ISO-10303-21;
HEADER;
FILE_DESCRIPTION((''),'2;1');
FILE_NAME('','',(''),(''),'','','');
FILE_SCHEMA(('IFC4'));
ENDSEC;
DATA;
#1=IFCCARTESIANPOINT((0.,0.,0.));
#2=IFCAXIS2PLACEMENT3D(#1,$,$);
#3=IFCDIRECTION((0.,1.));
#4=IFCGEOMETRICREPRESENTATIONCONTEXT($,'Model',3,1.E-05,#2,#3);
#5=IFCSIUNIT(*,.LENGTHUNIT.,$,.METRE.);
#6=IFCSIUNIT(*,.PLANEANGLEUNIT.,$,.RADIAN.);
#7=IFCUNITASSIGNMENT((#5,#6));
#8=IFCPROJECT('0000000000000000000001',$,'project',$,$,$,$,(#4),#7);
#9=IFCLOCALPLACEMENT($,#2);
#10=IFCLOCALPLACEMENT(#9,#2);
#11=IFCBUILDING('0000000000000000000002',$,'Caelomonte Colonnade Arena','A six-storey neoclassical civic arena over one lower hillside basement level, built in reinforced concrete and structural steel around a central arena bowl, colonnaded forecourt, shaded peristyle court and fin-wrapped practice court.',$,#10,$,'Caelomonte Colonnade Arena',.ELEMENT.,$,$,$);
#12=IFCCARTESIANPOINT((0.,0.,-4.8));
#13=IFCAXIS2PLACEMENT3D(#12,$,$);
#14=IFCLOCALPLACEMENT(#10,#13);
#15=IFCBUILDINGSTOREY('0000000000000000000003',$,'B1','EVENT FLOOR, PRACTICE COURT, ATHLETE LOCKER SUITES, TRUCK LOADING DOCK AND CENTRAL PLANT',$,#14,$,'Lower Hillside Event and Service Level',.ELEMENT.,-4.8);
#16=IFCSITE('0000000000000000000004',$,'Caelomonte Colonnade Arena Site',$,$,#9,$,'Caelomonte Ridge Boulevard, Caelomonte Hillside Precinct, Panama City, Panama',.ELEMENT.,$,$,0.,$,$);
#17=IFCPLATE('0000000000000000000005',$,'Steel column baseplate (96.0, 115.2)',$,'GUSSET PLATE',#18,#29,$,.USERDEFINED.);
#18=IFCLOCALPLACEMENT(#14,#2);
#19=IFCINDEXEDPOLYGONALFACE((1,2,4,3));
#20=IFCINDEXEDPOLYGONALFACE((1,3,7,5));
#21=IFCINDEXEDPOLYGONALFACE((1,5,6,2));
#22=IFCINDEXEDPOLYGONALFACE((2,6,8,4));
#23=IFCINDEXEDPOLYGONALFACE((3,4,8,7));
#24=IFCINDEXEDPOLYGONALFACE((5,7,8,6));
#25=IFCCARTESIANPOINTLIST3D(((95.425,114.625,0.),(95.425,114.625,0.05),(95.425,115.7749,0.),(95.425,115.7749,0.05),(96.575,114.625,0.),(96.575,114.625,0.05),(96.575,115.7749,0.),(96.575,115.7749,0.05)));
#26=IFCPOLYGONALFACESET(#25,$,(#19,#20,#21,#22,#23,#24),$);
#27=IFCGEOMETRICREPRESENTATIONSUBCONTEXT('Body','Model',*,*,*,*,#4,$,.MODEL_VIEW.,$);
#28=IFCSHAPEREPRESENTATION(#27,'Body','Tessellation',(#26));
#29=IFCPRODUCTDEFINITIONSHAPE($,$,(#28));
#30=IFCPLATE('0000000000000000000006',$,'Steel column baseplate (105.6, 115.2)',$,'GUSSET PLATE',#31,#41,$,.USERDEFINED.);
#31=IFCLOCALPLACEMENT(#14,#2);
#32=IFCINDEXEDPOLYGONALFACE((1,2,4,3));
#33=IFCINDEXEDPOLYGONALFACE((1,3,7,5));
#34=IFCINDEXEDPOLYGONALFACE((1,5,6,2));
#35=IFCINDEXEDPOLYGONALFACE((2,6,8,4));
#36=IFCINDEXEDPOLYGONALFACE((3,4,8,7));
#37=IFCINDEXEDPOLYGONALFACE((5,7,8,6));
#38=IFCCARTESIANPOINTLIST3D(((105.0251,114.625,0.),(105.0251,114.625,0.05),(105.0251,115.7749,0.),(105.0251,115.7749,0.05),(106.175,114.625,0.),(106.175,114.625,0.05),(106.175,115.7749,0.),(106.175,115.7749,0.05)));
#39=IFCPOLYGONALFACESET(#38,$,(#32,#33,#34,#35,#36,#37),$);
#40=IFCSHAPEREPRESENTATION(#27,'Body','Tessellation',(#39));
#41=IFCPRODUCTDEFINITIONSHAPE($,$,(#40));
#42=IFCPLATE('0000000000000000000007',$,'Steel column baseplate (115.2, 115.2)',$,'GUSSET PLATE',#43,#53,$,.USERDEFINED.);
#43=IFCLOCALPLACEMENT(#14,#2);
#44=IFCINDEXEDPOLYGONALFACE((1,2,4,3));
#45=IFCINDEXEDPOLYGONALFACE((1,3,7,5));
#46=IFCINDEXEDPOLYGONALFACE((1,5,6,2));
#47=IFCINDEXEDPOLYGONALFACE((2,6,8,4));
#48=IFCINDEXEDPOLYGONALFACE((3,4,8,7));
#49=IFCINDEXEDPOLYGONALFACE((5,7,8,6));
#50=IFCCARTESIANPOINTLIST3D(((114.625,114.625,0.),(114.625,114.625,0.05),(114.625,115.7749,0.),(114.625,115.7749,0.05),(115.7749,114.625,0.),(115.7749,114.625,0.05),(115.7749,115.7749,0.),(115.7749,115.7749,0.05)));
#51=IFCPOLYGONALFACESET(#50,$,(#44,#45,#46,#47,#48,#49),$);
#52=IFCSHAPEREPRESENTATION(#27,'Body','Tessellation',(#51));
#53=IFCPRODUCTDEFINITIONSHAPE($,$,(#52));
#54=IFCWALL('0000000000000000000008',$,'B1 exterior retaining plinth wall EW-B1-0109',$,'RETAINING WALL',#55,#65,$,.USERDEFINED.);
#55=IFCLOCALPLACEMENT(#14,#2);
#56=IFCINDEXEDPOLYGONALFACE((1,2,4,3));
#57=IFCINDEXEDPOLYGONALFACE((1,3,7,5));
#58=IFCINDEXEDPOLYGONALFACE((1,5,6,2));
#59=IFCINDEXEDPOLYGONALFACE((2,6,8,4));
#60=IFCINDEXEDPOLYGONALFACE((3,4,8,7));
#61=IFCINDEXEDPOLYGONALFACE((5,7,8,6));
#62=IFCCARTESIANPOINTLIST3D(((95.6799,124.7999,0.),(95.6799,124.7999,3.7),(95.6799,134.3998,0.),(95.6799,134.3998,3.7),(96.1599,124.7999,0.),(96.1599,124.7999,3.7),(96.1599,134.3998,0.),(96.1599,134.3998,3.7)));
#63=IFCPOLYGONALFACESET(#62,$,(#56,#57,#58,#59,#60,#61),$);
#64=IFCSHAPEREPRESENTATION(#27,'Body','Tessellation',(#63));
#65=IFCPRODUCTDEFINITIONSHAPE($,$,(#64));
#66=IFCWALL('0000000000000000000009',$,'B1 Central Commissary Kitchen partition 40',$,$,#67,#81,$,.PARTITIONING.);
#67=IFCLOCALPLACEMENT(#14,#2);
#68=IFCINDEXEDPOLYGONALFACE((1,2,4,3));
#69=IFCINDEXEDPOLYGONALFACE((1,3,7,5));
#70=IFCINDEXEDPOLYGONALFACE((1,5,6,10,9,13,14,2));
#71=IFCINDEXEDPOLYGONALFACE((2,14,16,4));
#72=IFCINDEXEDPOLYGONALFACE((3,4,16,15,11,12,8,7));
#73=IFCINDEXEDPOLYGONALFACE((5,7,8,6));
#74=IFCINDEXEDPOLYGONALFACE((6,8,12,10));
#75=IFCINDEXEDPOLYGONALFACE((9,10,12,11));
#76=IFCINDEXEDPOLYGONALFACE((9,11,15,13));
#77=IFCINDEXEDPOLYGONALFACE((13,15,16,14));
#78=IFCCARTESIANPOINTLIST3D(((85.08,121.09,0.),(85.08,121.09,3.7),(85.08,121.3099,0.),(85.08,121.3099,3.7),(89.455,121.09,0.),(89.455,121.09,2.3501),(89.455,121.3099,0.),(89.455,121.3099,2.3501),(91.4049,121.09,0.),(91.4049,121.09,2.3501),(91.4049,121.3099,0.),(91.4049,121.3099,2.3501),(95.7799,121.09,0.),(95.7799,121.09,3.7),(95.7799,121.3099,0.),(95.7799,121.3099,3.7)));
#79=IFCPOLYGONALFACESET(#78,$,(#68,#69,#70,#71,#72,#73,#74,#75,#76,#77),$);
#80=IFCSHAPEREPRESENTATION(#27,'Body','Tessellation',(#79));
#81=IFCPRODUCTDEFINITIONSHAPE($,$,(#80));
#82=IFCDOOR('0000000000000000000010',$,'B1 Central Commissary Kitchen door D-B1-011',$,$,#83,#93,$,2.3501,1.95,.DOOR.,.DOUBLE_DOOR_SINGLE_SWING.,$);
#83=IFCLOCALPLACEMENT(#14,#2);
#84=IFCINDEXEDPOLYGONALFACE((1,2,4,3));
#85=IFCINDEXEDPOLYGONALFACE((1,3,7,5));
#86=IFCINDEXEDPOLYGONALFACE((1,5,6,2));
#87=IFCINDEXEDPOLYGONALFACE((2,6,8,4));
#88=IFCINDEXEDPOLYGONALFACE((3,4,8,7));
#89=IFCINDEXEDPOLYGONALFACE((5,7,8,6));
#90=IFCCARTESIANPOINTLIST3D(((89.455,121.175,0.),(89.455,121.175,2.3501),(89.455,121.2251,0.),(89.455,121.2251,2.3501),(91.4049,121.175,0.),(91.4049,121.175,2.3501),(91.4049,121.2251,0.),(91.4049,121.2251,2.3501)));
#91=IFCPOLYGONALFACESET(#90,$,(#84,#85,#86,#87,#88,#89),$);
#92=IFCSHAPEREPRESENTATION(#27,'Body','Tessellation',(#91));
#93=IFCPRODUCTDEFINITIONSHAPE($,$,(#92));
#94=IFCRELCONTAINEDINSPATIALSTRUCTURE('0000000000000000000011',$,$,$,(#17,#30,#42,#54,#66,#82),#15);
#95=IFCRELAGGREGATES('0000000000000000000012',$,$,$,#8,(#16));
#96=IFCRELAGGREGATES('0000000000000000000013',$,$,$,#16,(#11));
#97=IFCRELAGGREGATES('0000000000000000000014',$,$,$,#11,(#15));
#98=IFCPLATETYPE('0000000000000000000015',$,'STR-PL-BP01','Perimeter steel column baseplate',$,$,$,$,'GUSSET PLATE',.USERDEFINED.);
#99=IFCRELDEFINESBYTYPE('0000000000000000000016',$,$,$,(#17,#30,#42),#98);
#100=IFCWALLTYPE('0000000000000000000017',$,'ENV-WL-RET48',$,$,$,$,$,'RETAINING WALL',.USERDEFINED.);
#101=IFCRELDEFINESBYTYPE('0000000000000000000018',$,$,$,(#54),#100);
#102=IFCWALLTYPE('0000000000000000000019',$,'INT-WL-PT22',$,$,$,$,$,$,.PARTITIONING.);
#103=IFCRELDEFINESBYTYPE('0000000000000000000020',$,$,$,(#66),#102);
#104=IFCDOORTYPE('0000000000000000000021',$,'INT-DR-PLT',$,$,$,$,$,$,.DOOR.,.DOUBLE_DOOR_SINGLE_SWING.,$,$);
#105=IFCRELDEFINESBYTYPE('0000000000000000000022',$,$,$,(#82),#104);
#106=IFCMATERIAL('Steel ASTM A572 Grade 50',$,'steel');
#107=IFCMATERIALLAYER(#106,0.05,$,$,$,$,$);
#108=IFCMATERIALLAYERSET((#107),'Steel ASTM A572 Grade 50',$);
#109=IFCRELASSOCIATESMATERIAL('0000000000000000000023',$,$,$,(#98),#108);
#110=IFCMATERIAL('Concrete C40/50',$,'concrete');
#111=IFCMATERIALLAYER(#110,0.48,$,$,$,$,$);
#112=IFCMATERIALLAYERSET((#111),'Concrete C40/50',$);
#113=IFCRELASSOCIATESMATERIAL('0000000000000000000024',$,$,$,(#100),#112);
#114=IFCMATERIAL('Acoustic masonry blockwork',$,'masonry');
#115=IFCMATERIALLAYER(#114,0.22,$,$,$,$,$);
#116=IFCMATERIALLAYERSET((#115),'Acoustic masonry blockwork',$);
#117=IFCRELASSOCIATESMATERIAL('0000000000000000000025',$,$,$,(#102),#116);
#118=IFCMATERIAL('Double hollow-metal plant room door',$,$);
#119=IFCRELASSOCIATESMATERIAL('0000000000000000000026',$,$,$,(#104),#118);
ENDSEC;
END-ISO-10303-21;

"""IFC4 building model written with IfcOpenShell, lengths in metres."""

from ifc_helpers import new_model, si_unit, direction, frame, frame_2d, origin, origin_2d, place, context, subcontext, project, spatial, rectangle, extrude, material, layer, layer_set, type_object, element, fill, save


model = new_model("IFC4")

# Units and contexts
model_context = context("Model", 3, precision=1e-05, world=origin(), true_north=direction((0.0, 1.0)))
body_context = subcontext(model_context, "Body", "Model", "MODEL_VIEW")
ifc_project = project(units=[si_unit("LENGTHUNIT", "METRE"), si_unit("PLANEANGLEUNIT", "RADIAN")], contexts=[model_context])

# Site, building, storey
site_placement = place(None, origin())
site = spatial("IfcSite", under=ifc_project, at=site_placement, Name="Caelomonte Colonnade Arena Site", LongName="Caelomonte Ridge Boulevard, Caelomonte Hillside Precinct, Panama City, Panama", CompositionType="ELEMENT", RefElevation=0.0)
building_placement = place(site_placement, origin())
building = spatial("IfcBuilding", under=site, at=building_placement, Name="Caelomonte Colonnade Arena", Description="A six-storey neoclassical civic arena over one lower hillside basement level, built in reinforced concrete and structural steel around a central arena bowl, colonnaded forecourt, shaded peristyle court and fin-wrapped practice court.", LongName="Caelomonte Colonnade Arena", CompositionType="ELEMENT")
storey_placement = place(building_placement, frame((0.0, 0.0, -4.8)))
storey = spatial("IfcBuildingStorey", under=building, at=storey_placement, Name="B1", Description="EVENT FLOOR, PRACTICE COURT, ATHLETE LOCKER SUITES, TRUCK LOADING DOCK AND CENTRAL PLANT", LongName="Lower Hillside Event and Service Level", CompositionType="ELEMENT", Elevation=-4.8)

# Shared definitions
ifc_material_1 = material(Name="Concrete C40/50", Category="concrete")

# Plates
ifc_material_2 = material(Name="Steel ASTM A572 Grade 50", Category="steel")
ifc_layer_1 = layer(ifc_material_2, 0.05)
ifc_layer_set_1 = layer_set([ifc_layer_1], Name="Steel ASTM A572 Grade 50")
plate_type = type_object("IfcPlateType", Name="STR-PL-BP01", Description="Perimeter steel column baseplate", ElementType="GUSSET PLATE", PredefinedType="USERDEFINED", material=ifc_layer_set_1)
for number, where, z_axis, x_axis, name in (
    (1, (96.0, 115.2, 0.0), (0.0, 0.0, 1.0), (1.0, 0.0, 0.0), "Steel column baseplate (96.0, 115.2)"),
    (2, (105.6001, 115.2, 0.0), (0.0, 0.0, 1.0), (1.0, 0.0, 0.0), "Steel column baseplate (105.6, 115.2)"),
    (3, (115.2, 115.2, 0.0), (0.0, 0.0, 1.0), (1.0, 0.0, 0.0), "Steel column baseplate (115.2, 115.2)"),
):
    element("IfcPlate", number, at=place(storey_placement, frame(where, z_axis=z_axis, x_axis=x_axis)), inside=storey, type_object=plate_type, Name=name, ObjectType="GUSSET PLATE", PredefinedType="USERDEFINED", context=body_context, shape_type="SweptSolid", body=[
        extrude(rectangle(XDim=1.1499, YDim=1.1499, at=origin_2d()), origin(), (0.0, 0.0, 1.0), 0.05),
    ])

# Wall
ifc_layer_2 = layer(ifc_material_1, 0.48)
ifc_layer_set_2 = layer_set([ifc_layer_2], Name="Concrete C40/50")
wall_type_1 = type_object("IfcWallType", Name="ENV-WL-RET48", ElementType="RETAINING WALL", PredefinedType="USERDEFINED", material=ifc_layer_set_2)
wall_1_placement = place(storey_placement, frame((95.9199, 124.8, 0.0), z_axis=(0.0, 0.0, 1.0), x_axis=(0.0, 1.0, 0.0)))
element("IfcWall", 4, at=wall_1_placement, inside=storey, type_object=wall_type_1, Name="B1 exterior retaining plinth wall EW-B1-0109", ObjectType="RETAINING WALL", PredefinedType="USERDEFINED", context=body_context, shape_type="SweptSolid", body=[
    extrude(rectangle(XDim=9.5999, YDim=0.48, at=frame_2d((4.7998, 0.0))), origin(), (0.0, 0.0, 1.0), 3.7),
])

# Wall, opening, door
ifc_material_3 = material(Name="Acoustic masonry blockwork", Category="masonry")
ifc_layer_3 = layer(ifc_material_3, 0.22)
ifc_layer_set_3 = layer_set([ifc_layer_3], Name="Acoustic masonry blockwork")
wall_type_2 = type_object("IfcWallType", Name="INT-WL-PT22", PredefinedType="PARTITIONING", material=ifc_layer_set_3)
wall_2_placement = place(storey_placement, frame((95.78, 121.2, 0.0), z_axis=(0.0, 0.0, 1.0), x_axis=(-1.0, 0.0, 0.0)))
wall_2 = element("IfcWall", 5, at=wall_2_placement, inside=storey, type_object=wall_type_2, Name="B1 Central Commissary Kitchen partition 40", PredefinedType="PARTITIONING", context=body_context, shape_type="SweptSolid", body=[
    extrude(rectangle(XDim=10.7, YDim=0.22, at=frame_2d((5.3501, 0.0))), origin(), (0.0, 0.0, 1.0), 3.7),
])
opening_placement = place(wall_2_placement, frame((4.375, 0.0, 0.0), z_axis=(0.0, 0.0, 1.0), x_axis=(1.0, 0.0, 0.0)))
opening = element("IfcOpeningElement", 6, at=opening_placement, cuts=wall_2, PredefinedType="OPENING", context=body_context, shape_type="SweptSolid", body=[
    extrude(rectangle(XDim=1.95, YDim=2.3501, at=frame_2d((0.9751, 1.175))), frame((0.0, 0.1199, 0.0), z_axis=(0.0, -1.0, 0.0), x_axis=(1.0, 0.0, 0.0)), (0.0, 0.0, 1.0), 0.24),
])
ifc_material_4 = material(Name="Double hollow-metal plant room door")
door_type = type_object("IfcDoorType", Name="INT-DR-PLT", OperationType="DOUBLE_DOOR_SINGLE_SWING", PredefinedType="DOOR", material=ifc_material_4)
door_placement = place(opening_placement, origin())
door = element("IfcDoor", 7, at=door_placement, inside=storey, type_object=door_type, Name="B1 Central Commissary Kitchen door D-B1-011", OperationType="DOUBLE_DOOR_SINGLE_SWING", OverallHeight=2.3501, OverallWidth=1.95, PredefinedType="DOOR", context=body_context, shape_type="SweptSolid", body=[
    extrude(rectangle(XDim=1.95, YDim=2.3501, at=frame_2d((0.9751, 1.175))), frame((0.0, 0.0249, 0.0), z_axis=(0.0, -1.0, 0.0), x_axis=(1.0, 0.0, 0.0)), (0.0, 0.0, 1.0), 0.05),
])
fill(opening, door)

save(model, "model.ifc")
